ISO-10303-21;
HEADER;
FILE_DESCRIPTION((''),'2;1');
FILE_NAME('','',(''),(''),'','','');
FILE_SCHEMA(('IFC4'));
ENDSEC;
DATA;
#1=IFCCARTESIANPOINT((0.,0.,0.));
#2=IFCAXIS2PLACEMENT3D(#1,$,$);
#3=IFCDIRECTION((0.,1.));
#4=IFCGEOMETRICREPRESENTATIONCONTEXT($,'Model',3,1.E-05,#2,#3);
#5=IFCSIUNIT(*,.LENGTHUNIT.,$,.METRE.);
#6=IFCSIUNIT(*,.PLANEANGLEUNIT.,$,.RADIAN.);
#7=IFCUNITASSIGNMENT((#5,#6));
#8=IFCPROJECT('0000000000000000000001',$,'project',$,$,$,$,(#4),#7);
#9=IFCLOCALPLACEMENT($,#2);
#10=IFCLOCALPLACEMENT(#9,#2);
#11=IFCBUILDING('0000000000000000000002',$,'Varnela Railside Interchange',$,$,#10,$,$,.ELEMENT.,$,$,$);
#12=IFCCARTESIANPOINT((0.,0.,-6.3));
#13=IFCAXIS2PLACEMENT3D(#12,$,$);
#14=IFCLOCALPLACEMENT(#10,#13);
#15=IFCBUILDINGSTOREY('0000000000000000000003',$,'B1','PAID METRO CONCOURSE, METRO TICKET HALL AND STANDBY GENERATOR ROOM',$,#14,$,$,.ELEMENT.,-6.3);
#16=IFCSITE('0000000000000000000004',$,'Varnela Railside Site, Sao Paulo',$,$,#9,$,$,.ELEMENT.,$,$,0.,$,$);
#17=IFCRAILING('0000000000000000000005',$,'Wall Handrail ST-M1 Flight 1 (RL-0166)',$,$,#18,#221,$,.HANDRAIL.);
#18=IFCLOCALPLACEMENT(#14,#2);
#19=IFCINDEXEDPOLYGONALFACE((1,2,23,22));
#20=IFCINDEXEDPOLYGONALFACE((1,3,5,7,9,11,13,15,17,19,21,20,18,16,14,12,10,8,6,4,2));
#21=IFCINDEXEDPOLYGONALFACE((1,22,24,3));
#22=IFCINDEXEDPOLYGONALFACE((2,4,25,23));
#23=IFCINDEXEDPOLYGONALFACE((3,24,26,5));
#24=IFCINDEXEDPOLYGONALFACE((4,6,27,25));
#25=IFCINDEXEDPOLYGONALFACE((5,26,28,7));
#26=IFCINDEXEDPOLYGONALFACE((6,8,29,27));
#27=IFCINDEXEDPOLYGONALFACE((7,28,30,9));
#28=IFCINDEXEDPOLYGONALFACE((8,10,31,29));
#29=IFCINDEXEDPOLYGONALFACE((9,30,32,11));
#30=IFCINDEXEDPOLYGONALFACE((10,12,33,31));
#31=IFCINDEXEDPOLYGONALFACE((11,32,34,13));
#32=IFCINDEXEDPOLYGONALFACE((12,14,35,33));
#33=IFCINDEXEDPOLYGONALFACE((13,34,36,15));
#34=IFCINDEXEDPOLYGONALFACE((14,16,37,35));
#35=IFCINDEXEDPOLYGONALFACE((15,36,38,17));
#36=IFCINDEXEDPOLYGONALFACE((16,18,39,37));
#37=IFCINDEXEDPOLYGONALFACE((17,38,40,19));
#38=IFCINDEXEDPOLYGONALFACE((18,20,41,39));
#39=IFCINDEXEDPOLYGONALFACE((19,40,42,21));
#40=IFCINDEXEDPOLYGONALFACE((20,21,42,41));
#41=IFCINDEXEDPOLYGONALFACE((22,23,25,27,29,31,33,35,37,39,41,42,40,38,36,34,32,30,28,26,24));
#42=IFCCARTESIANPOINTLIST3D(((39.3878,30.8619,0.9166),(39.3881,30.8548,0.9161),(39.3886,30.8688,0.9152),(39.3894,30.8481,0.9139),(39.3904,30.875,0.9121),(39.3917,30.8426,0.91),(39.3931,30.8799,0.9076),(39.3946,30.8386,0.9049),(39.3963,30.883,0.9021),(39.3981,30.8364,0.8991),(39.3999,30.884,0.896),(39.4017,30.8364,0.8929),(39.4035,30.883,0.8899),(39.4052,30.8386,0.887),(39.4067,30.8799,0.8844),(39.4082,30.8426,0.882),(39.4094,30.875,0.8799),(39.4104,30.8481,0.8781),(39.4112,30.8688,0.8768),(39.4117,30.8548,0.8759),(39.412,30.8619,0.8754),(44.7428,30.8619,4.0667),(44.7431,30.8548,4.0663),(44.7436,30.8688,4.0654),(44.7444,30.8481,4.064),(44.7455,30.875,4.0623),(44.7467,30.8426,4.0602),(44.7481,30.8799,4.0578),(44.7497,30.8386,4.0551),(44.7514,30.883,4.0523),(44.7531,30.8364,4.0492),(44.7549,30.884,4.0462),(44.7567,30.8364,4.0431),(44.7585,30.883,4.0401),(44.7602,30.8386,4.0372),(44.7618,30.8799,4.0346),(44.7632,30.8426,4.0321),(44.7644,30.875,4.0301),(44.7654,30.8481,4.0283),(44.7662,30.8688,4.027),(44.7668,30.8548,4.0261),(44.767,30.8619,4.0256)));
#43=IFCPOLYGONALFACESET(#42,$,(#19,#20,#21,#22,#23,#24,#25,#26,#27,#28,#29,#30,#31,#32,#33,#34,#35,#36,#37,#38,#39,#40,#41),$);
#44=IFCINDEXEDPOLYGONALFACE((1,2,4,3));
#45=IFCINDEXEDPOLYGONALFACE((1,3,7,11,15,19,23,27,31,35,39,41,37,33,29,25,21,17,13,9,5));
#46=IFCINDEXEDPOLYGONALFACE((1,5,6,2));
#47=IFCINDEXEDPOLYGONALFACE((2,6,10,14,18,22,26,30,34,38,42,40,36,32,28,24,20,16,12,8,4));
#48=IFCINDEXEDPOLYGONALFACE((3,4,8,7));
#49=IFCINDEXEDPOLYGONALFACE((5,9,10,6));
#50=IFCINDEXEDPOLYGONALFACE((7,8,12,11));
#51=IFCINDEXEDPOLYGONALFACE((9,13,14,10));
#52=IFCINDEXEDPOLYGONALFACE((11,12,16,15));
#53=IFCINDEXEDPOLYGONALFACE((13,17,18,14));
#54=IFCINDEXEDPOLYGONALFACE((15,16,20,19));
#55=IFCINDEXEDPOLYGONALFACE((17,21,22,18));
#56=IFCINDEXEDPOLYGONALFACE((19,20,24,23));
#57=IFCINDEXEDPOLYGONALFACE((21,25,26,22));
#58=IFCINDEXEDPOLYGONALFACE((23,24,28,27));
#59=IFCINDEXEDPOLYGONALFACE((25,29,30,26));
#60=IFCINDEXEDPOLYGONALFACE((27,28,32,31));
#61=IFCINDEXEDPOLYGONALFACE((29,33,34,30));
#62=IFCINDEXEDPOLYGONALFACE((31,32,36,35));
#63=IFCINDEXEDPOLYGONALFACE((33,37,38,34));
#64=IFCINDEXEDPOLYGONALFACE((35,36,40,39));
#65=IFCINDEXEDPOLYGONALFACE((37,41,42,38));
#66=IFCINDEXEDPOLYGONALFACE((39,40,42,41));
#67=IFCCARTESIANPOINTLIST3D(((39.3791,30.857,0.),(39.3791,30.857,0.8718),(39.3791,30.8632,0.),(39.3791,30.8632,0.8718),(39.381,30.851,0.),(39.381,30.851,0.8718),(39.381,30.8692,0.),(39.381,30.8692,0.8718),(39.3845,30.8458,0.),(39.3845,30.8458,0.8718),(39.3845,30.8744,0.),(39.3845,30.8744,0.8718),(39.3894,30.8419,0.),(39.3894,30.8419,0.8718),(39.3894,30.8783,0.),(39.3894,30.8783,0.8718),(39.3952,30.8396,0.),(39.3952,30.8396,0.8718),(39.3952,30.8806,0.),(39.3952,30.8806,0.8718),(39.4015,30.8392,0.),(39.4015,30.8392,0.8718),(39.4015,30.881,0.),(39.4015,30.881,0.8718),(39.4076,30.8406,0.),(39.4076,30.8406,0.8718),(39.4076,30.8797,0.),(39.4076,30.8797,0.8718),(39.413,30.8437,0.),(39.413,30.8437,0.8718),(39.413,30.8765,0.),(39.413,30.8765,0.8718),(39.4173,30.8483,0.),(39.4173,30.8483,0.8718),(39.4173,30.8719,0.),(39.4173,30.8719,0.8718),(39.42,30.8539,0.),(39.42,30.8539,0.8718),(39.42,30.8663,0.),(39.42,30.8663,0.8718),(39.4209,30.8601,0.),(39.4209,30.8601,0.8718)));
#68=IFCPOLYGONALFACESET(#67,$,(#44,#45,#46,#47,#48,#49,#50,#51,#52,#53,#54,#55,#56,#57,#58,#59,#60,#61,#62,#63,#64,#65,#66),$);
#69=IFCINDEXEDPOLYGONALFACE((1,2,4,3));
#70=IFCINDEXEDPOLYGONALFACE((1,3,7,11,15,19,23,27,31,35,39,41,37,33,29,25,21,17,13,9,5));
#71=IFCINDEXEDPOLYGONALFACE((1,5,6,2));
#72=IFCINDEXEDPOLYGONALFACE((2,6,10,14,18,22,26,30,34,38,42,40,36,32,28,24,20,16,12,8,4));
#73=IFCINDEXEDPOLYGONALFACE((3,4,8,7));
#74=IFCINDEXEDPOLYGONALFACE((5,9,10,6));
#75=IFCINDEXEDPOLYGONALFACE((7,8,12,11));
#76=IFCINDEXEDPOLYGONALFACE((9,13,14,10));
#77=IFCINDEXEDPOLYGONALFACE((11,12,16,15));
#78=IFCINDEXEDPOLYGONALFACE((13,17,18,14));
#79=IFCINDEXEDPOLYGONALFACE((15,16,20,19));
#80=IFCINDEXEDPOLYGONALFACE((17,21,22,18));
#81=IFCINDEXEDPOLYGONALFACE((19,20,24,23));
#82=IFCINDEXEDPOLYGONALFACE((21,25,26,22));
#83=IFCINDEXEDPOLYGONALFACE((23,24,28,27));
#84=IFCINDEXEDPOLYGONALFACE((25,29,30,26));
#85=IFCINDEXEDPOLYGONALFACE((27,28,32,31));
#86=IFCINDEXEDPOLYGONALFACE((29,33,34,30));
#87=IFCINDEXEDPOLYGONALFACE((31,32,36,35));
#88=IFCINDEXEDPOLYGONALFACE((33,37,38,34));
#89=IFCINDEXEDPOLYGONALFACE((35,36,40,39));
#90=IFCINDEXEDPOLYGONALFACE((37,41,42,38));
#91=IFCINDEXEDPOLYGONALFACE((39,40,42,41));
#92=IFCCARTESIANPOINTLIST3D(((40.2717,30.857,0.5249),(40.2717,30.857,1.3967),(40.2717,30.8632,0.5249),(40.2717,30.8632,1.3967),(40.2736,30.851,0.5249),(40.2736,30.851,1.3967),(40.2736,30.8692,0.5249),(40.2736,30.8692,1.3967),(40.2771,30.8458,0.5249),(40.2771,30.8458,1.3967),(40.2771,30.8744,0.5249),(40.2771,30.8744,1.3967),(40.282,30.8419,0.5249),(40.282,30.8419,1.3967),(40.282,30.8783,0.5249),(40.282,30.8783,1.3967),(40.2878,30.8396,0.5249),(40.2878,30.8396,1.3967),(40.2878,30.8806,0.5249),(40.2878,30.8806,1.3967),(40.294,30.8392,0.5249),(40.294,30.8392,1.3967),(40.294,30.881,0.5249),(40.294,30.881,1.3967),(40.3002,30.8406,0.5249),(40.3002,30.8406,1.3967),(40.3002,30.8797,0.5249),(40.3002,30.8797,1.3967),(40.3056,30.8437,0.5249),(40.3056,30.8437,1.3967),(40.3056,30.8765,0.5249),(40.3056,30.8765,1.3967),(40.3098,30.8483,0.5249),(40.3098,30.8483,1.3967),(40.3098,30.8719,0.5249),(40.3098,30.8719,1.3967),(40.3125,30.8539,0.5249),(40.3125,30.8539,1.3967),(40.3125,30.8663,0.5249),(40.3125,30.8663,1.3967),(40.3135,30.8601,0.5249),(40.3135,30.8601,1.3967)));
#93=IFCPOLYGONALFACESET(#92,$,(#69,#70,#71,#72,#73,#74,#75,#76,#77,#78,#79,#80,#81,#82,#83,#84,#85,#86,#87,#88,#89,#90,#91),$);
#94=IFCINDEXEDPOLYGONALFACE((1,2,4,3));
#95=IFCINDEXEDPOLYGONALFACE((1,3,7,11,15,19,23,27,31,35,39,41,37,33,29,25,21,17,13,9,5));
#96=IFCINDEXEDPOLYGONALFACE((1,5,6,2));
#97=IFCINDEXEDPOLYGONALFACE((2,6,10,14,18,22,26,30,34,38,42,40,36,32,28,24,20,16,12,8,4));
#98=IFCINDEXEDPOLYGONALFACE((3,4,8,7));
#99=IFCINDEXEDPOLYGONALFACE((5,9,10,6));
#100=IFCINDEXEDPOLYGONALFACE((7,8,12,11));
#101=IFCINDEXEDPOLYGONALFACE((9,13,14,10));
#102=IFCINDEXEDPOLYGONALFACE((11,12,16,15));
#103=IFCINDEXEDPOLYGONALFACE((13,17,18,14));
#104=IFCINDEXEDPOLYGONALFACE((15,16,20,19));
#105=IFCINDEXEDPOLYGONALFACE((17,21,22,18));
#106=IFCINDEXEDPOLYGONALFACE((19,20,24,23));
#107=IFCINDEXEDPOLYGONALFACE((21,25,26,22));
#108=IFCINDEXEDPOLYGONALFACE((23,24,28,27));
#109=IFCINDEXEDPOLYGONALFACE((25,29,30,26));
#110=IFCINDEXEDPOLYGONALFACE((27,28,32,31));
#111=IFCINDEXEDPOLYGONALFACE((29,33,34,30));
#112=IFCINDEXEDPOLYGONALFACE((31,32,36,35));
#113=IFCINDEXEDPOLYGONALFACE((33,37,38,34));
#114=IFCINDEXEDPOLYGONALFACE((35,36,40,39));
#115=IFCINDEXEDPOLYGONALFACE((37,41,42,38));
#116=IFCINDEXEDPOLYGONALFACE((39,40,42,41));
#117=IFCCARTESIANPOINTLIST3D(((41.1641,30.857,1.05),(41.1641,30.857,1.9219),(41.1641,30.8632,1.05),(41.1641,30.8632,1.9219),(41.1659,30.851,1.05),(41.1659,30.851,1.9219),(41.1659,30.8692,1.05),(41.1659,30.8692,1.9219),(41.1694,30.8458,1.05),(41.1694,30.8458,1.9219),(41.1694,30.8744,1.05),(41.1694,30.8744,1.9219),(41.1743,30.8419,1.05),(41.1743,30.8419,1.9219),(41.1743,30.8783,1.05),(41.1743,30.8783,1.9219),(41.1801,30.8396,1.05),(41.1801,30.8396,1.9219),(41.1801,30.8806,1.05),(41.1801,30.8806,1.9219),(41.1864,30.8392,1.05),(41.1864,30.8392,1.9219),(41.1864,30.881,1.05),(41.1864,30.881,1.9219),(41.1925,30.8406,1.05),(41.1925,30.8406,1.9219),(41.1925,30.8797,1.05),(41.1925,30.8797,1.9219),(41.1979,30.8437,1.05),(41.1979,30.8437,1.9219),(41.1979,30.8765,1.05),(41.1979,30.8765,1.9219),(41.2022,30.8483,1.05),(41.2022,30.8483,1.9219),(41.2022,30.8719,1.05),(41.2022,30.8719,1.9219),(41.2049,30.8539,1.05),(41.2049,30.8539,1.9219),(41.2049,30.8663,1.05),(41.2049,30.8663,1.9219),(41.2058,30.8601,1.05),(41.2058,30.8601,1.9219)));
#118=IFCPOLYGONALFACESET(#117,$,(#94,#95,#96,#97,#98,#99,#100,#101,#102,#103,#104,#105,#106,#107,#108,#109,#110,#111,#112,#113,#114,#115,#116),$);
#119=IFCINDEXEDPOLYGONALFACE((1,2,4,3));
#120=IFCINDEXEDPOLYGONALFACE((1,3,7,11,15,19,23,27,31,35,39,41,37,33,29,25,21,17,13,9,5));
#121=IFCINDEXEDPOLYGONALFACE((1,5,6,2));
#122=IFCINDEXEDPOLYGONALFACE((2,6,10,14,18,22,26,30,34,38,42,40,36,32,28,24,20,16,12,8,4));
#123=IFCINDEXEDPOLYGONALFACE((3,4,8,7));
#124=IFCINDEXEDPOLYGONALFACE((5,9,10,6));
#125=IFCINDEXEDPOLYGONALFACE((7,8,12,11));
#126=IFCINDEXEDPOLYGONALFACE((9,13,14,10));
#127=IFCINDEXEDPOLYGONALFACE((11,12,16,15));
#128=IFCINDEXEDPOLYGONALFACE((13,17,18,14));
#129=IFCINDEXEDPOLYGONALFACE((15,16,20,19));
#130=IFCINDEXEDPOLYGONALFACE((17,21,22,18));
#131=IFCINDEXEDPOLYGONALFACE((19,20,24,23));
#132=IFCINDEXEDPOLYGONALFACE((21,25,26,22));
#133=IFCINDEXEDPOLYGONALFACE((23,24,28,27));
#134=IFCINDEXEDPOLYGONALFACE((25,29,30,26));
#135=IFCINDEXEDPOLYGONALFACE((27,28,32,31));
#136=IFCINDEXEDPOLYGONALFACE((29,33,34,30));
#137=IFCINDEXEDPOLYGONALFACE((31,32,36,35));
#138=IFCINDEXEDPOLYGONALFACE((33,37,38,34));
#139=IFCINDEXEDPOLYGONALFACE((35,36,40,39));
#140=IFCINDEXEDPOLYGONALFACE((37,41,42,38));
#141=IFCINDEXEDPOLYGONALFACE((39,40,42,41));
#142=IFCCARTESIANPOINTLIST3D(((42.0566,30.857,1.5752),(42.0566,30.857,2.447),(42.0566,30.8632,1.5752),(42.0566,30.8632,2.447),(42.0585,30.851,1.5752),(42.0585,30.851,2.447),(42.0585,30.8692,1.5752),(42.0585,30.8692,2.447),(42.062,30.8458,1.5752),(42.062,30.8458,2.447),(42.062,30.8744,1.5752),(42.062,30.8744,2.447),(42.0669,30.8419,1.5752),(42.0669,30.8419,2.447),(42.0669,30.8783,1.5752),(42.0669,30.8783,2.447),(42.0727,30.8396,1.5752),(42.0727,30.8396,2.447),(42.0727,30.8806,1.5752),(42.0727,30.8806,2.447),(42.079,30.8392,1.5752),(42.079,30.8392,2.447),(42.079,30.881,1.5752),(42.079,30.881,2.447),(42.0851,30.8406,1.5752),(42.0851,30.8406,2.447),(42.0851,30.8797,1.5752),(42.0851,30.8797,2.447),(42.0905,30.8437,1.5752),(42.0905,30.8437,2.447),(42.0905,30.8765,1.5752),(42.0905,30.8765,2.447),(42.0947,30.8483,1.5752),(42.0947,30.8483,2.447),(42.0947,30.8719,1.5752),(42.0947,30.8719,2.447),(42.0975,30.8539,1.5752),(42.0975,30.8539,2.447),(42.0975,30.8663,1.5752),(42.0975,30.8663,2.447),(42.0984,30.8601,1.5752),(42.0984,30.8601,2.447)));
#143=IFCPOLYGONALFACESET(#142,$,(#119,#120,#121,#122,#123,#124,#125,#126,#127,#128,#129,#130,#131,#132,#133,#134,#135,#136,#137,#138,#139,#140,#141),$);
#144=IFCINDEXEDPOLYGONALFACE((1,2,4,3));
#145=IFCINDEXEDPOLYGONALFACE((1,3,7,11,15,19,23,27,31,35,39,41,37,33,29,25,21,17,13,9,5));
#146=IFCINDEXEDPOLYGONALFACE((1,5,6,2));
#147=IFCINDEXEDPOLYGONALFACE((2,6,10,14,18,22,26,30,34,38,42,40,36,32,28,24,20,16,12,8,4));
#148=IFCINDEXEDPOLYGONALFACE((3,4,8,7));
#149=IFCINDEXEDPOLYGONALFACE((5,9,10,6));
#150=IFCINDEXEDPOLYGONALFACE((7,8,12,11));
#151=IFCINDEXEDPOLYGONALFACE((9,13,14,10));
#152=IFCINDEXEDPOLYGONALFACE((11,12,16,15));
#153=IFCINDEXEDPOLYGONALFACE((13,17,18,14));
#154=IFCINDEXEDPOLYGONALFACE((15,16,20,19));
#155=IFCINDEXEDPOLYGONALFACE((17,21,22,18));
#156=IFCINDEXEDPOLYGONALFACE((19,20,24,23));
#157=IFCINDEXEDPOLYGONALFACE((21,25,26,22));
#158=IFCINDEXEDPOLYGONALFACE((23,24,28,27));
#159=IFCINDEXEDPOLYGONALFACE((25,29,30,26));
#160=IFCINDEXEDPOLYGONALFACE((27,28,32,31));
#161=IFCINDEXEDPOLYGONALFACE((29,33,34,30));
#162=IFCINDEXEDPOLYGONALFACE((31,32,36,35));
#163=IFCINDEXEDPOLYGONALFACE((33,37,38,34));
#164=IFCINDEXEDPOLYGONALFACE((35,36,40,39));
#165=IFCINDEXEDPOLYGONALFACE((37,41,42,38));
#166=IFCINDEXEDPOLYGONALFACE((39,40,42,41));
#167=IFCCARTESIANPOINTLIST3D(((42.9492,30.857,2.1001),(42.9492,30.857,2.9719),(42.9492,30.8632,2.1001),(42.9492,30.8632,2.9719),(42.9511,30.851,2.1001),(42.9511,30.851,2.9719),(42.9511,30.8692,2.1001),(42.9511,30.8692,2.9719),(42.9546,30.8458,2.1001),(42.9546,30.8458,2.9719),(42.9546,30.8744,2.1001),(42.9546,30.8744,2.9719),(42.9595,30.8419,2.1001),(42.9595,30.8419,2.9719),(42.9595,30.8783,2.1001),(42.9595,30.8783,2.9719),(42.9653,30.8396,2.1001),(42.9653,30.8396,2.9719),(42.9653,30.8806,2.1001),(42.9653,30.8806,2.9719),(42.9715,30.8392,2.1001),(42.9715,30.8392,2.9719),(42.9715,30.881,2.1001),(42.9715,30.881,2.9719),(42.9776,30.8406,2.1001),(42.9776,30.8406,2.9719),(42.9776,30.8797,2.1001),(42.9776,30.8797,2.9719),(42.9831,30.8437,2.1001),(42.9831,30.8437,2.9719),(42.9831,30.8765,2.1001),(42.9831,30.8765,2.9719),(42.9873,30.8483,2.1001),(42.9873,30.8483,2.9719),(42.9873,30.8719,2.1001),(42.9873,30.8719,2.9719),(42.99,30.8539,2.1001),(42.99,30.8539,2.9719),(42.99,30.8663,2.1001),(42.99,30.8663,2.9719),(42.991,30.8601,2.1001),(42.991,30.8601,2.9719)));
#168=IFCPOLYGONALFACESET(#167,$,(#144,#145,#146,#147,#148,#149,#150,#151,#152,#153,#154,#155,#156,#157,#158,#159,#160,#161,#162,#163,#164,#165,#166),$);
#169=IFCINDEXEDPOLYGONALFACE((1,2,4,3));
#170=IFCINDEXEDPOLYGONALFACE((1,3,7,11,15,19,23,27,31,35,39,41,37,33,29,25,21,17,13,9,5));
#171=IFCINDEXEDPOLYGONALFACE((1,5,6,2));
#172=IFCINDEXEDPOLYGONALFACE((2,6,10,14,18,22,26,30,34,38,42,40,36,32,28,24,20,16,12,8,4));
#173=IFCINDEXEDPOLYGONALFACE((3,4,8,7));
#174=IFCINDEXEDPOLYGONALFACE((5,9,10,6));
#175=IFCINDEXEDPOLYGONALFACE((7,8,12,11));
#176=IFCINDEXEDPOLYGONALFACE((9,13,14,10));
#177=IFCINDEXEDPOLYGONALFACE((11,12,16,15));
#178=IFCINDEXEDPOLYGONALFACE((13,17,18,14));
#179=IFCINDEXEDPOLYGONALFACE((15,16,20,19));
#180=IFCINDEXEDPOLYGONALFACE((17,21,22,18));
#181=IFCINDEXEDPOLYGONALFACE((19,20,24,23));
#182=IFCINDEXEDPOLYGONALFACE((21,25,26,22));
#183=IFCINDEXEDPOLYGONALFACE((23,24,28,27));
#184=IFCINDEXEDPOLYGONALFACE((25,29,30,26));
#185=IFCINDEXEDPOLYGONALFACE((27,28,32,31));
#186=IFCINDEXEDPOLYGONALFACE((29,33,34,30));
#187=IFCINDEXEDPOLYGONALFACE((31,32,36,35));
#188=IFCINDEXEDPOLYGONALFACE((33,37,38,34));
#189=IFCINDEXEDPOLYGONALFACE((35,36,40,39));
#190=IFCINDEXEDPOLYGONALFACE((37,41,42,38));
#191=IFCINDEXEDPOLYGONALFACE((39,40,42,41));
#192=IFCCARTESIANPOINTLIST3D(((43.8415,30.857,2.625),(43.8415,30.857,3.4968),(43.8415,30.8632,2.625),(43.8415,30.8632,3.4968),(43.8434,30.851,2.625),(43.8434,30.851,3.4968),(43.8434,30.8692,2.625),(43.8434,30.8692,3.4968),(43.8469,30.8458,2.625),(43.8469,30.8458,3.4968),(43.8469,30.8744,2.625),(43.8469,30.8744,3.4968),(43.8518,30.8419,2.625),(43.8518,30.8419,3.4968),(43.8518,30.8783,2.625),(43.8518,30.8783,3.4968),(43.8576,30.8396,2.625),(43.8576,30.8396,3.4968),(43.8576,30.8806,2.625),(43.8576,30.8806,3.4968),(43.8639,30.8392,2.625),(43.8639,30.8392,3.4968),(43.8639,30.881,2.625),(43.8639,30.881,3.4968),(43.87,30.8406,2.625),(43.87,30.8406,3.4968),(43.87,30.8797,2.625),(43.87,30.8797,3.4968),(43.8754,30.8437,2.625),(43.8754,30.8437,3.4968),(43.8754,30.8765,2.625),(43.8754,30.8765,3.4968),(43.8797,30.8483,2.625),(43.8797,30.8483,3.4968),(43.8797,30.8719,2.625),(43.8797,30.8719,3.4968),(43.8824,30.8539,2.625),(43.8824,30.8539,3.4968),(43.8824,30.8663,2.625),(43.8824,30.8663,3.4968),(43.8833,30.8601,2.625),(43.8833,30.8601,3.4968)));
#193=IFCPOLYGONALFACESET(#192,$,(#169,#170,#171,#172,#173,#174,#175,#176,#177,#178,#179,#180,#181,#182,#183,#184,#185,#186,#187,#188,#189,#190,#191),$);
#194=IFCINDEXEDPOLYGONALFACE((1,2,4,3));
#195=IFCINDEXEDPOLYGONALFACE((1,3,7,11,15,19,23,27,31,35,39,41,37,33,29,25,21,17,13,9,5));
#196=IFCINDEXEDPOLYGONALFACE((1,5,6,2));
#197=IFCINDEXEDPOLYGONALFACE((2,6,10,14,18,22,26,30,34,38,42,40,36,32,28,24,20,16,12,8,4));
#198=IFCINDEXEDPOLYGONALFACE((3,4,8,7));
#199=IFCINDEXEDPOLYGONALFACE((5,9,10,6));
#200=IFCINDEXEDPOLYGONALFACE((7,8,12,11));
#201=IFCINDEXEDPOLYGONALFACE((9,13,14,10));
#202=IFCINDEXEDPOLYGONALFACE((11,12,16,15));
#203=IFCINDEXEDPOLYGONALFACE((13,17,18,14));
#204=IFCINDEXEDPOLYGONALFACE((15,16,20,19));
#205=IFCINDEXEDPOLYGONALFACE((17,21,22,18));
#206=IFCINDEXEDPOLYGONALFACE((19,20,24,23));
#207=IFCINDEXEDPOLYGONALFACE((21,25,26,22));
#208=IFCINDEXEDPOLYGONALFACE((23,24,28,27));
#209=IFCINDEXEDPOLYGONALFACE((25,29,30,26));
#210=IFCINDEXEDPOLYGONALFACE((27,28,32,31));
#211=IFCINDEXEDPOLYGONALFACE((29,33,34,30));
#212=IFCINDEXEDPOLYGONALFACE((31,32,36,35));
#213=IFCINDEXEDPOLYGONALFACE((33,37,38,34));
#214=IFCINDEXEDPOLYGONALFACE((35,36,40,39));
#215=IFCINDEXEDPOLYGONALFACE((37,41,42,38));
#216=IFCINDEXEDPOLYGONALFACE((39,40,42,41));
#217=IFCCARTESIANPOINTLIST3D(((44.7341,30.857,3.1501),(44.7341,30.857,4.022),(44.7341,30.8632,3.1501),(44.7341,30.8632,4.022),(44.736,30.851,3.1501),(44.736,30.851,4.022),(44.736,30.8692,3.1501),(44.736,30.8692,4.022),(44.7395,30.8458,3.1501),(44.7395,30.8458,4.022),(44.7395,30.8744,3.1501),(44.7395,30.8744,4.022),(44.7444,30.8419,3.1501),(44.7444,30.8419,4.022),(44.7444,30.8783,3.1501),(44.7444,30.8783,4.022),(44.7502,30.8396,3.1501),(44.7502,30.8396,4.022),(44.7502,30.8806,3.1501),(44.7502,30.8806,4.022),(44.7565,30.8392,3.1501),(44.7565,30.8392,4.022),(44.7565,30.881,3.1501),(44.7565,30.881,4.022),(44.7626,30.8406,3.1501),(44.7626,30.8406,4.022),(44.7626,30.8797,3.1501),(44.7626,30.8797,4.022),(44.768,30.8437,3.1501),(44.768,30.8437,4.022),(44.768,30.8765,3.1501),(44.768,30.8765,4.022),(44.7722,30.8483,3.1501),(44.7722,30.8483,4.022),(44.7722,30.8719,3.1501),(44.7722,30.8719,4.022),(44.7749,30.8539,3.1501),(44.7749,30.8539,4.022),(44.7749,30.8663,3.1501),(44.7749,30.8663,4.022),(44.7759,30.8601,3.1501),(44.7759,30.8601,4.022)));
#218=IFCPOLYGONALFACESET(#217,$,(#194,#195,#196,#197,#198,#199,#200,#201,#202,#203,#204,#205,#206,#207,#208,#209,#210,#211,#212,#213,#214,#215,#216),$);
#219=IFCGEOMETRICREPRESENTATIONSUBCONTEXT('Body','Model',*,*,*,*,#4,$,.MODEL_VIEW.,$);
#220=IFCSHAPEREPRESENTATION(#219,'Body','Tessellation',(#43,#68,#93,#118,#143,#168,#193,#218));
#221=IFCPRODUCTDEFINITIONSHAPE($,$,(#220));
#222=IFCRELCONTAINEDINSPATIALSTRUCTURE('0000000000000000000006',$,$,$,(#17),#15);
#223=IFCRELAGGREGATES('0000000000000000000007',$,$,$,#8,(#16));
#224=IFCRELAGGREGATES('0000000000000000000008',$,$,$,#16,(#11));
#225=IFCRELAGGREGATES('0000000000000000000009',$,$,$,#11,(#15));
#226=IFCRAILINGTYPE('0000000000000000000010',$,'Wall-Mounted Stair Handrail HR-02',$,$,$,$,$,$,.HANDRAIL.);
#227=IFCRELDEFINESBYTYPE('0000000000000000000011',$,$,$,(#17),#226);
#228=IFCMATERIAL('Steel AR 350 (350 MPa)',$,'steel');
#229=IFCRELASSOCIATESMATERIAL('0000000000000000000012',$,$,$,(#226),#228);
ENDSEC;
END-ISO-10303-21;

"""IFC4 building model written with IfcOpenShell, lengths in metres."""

from ifc_helpers import new_model, si_unit, direction, frame, origin, origin_2d, place, context, subcontext, project, spatial, circle, extrude, material, type_object, element, save


model = new_model("IFC4")

# Units and contexts
model_context = context("Model", 3, precision=1e-05, world=origin(), true_north=direction((0.0, 1.0)))
body_context = subcontext(model_context, "Body", "Model", "MODEL_VIEW")
ifc_project = project(units=[si_unit("LENGTHUNIT", "METRE"), si_unit("PLANEANGLEUNIT", "RADIAN")], contexts=[model_context])

# Site, building, storey
site_placement = place(None, origin())
site = spatial("IfcSite", under=ifc_project, at=site_placement, Name="Varnela Railside Site, Sao Paulo", CompositionType="ELEMENT", RefElevation=0.0)
building_placement = place(site_placement, origin())
building = spatial("IfcBuilding", under=site, at=building_placement, Name="Varnela Railside Interchange", CompositionType="ELEMENT")
storey_placement = place(building_placement, frame((0.0, 0.0, -6.3)))
storey = spatial("IfcBuildingStorey", under=building, at=storey_placement, Name="B1", Description="PAID METRO CONCOURSE, METRO TICKET HALL AND STANDBY GENERATOR ROOM", CompositionType="ELEMENT", Elevation=-6.3)

# Shared definitions
ifc_material_1 = material(Name="Steel AR 350 (350 MPa)", Category="steel")

# Railing
railing_type_1 = type_object("IfcRailingType", Name="Wall-Mounted Stair Handrail HR-02", PredefinedType="HANDRAIL", material=ifc_material_1)
railing_1_placement = place(storey_placement, frame((39.3999, 30.8601, 0.0)))
element("IfcRailing", 1, at=railing_1_placement, inside=storey, type_object=railing_type_1, Name="Wall Handrail ST-M1 Flight 1 (RL-0166)", PredefinedType="HANDRAIL", context=body_context, shape_type="SweptSolid", body=[
    extrude(circle(Radius=0.0239, at=origin_2d()), frame((0.0, 0.0, 0.896), z_axis=(0.861923, 0.0, 0.507039), x_axis=(0.0, 1.0, 0.0)), (0.0, 0.0, 1.0), 6.2129),
    extrude(circle(Radius=0.021, at=origin_2d()), origin(), (0.0, 0.0, 1.0), 0.8718),
    extrude(circle(Radius=0.021, at=origin_2d()), frame((0.8926, 0.0, 0.5249)), (0.0, 0.0, 1.0), 0.8718),
    extrude(circle(Radius=0.021, at=origin_2d()), frame((1.7849, 0.0, 1.05)), (0.0, 0.0, 1.0), 0.8718),
    extrude(circle(Radius=0.021, at=origin_2d()), frame((2.6775, 0.0, 1.5752)), (0.0, 0.0, 1.0), 0.8718),
    extrude(circle(Radius=0.021, at=origin_2d()), frame((3.5701, 0.0, 2.1001)), (0.0, 0.0, 1.0), 0.8718),
    extrude(circle(Radius=0.021, at=origin_2d()), frame((4.4624, 0.0, 2.625)), (0.0, 0.0, 1.0), 0.8718),
    extrude(circle(Radius=0.021, at=origin_2d()), frame((5.355, 0.0, 3.1501)), (0.0, 0.0, 1.0), 0.8718),
])

save(model, "model.ifc")
